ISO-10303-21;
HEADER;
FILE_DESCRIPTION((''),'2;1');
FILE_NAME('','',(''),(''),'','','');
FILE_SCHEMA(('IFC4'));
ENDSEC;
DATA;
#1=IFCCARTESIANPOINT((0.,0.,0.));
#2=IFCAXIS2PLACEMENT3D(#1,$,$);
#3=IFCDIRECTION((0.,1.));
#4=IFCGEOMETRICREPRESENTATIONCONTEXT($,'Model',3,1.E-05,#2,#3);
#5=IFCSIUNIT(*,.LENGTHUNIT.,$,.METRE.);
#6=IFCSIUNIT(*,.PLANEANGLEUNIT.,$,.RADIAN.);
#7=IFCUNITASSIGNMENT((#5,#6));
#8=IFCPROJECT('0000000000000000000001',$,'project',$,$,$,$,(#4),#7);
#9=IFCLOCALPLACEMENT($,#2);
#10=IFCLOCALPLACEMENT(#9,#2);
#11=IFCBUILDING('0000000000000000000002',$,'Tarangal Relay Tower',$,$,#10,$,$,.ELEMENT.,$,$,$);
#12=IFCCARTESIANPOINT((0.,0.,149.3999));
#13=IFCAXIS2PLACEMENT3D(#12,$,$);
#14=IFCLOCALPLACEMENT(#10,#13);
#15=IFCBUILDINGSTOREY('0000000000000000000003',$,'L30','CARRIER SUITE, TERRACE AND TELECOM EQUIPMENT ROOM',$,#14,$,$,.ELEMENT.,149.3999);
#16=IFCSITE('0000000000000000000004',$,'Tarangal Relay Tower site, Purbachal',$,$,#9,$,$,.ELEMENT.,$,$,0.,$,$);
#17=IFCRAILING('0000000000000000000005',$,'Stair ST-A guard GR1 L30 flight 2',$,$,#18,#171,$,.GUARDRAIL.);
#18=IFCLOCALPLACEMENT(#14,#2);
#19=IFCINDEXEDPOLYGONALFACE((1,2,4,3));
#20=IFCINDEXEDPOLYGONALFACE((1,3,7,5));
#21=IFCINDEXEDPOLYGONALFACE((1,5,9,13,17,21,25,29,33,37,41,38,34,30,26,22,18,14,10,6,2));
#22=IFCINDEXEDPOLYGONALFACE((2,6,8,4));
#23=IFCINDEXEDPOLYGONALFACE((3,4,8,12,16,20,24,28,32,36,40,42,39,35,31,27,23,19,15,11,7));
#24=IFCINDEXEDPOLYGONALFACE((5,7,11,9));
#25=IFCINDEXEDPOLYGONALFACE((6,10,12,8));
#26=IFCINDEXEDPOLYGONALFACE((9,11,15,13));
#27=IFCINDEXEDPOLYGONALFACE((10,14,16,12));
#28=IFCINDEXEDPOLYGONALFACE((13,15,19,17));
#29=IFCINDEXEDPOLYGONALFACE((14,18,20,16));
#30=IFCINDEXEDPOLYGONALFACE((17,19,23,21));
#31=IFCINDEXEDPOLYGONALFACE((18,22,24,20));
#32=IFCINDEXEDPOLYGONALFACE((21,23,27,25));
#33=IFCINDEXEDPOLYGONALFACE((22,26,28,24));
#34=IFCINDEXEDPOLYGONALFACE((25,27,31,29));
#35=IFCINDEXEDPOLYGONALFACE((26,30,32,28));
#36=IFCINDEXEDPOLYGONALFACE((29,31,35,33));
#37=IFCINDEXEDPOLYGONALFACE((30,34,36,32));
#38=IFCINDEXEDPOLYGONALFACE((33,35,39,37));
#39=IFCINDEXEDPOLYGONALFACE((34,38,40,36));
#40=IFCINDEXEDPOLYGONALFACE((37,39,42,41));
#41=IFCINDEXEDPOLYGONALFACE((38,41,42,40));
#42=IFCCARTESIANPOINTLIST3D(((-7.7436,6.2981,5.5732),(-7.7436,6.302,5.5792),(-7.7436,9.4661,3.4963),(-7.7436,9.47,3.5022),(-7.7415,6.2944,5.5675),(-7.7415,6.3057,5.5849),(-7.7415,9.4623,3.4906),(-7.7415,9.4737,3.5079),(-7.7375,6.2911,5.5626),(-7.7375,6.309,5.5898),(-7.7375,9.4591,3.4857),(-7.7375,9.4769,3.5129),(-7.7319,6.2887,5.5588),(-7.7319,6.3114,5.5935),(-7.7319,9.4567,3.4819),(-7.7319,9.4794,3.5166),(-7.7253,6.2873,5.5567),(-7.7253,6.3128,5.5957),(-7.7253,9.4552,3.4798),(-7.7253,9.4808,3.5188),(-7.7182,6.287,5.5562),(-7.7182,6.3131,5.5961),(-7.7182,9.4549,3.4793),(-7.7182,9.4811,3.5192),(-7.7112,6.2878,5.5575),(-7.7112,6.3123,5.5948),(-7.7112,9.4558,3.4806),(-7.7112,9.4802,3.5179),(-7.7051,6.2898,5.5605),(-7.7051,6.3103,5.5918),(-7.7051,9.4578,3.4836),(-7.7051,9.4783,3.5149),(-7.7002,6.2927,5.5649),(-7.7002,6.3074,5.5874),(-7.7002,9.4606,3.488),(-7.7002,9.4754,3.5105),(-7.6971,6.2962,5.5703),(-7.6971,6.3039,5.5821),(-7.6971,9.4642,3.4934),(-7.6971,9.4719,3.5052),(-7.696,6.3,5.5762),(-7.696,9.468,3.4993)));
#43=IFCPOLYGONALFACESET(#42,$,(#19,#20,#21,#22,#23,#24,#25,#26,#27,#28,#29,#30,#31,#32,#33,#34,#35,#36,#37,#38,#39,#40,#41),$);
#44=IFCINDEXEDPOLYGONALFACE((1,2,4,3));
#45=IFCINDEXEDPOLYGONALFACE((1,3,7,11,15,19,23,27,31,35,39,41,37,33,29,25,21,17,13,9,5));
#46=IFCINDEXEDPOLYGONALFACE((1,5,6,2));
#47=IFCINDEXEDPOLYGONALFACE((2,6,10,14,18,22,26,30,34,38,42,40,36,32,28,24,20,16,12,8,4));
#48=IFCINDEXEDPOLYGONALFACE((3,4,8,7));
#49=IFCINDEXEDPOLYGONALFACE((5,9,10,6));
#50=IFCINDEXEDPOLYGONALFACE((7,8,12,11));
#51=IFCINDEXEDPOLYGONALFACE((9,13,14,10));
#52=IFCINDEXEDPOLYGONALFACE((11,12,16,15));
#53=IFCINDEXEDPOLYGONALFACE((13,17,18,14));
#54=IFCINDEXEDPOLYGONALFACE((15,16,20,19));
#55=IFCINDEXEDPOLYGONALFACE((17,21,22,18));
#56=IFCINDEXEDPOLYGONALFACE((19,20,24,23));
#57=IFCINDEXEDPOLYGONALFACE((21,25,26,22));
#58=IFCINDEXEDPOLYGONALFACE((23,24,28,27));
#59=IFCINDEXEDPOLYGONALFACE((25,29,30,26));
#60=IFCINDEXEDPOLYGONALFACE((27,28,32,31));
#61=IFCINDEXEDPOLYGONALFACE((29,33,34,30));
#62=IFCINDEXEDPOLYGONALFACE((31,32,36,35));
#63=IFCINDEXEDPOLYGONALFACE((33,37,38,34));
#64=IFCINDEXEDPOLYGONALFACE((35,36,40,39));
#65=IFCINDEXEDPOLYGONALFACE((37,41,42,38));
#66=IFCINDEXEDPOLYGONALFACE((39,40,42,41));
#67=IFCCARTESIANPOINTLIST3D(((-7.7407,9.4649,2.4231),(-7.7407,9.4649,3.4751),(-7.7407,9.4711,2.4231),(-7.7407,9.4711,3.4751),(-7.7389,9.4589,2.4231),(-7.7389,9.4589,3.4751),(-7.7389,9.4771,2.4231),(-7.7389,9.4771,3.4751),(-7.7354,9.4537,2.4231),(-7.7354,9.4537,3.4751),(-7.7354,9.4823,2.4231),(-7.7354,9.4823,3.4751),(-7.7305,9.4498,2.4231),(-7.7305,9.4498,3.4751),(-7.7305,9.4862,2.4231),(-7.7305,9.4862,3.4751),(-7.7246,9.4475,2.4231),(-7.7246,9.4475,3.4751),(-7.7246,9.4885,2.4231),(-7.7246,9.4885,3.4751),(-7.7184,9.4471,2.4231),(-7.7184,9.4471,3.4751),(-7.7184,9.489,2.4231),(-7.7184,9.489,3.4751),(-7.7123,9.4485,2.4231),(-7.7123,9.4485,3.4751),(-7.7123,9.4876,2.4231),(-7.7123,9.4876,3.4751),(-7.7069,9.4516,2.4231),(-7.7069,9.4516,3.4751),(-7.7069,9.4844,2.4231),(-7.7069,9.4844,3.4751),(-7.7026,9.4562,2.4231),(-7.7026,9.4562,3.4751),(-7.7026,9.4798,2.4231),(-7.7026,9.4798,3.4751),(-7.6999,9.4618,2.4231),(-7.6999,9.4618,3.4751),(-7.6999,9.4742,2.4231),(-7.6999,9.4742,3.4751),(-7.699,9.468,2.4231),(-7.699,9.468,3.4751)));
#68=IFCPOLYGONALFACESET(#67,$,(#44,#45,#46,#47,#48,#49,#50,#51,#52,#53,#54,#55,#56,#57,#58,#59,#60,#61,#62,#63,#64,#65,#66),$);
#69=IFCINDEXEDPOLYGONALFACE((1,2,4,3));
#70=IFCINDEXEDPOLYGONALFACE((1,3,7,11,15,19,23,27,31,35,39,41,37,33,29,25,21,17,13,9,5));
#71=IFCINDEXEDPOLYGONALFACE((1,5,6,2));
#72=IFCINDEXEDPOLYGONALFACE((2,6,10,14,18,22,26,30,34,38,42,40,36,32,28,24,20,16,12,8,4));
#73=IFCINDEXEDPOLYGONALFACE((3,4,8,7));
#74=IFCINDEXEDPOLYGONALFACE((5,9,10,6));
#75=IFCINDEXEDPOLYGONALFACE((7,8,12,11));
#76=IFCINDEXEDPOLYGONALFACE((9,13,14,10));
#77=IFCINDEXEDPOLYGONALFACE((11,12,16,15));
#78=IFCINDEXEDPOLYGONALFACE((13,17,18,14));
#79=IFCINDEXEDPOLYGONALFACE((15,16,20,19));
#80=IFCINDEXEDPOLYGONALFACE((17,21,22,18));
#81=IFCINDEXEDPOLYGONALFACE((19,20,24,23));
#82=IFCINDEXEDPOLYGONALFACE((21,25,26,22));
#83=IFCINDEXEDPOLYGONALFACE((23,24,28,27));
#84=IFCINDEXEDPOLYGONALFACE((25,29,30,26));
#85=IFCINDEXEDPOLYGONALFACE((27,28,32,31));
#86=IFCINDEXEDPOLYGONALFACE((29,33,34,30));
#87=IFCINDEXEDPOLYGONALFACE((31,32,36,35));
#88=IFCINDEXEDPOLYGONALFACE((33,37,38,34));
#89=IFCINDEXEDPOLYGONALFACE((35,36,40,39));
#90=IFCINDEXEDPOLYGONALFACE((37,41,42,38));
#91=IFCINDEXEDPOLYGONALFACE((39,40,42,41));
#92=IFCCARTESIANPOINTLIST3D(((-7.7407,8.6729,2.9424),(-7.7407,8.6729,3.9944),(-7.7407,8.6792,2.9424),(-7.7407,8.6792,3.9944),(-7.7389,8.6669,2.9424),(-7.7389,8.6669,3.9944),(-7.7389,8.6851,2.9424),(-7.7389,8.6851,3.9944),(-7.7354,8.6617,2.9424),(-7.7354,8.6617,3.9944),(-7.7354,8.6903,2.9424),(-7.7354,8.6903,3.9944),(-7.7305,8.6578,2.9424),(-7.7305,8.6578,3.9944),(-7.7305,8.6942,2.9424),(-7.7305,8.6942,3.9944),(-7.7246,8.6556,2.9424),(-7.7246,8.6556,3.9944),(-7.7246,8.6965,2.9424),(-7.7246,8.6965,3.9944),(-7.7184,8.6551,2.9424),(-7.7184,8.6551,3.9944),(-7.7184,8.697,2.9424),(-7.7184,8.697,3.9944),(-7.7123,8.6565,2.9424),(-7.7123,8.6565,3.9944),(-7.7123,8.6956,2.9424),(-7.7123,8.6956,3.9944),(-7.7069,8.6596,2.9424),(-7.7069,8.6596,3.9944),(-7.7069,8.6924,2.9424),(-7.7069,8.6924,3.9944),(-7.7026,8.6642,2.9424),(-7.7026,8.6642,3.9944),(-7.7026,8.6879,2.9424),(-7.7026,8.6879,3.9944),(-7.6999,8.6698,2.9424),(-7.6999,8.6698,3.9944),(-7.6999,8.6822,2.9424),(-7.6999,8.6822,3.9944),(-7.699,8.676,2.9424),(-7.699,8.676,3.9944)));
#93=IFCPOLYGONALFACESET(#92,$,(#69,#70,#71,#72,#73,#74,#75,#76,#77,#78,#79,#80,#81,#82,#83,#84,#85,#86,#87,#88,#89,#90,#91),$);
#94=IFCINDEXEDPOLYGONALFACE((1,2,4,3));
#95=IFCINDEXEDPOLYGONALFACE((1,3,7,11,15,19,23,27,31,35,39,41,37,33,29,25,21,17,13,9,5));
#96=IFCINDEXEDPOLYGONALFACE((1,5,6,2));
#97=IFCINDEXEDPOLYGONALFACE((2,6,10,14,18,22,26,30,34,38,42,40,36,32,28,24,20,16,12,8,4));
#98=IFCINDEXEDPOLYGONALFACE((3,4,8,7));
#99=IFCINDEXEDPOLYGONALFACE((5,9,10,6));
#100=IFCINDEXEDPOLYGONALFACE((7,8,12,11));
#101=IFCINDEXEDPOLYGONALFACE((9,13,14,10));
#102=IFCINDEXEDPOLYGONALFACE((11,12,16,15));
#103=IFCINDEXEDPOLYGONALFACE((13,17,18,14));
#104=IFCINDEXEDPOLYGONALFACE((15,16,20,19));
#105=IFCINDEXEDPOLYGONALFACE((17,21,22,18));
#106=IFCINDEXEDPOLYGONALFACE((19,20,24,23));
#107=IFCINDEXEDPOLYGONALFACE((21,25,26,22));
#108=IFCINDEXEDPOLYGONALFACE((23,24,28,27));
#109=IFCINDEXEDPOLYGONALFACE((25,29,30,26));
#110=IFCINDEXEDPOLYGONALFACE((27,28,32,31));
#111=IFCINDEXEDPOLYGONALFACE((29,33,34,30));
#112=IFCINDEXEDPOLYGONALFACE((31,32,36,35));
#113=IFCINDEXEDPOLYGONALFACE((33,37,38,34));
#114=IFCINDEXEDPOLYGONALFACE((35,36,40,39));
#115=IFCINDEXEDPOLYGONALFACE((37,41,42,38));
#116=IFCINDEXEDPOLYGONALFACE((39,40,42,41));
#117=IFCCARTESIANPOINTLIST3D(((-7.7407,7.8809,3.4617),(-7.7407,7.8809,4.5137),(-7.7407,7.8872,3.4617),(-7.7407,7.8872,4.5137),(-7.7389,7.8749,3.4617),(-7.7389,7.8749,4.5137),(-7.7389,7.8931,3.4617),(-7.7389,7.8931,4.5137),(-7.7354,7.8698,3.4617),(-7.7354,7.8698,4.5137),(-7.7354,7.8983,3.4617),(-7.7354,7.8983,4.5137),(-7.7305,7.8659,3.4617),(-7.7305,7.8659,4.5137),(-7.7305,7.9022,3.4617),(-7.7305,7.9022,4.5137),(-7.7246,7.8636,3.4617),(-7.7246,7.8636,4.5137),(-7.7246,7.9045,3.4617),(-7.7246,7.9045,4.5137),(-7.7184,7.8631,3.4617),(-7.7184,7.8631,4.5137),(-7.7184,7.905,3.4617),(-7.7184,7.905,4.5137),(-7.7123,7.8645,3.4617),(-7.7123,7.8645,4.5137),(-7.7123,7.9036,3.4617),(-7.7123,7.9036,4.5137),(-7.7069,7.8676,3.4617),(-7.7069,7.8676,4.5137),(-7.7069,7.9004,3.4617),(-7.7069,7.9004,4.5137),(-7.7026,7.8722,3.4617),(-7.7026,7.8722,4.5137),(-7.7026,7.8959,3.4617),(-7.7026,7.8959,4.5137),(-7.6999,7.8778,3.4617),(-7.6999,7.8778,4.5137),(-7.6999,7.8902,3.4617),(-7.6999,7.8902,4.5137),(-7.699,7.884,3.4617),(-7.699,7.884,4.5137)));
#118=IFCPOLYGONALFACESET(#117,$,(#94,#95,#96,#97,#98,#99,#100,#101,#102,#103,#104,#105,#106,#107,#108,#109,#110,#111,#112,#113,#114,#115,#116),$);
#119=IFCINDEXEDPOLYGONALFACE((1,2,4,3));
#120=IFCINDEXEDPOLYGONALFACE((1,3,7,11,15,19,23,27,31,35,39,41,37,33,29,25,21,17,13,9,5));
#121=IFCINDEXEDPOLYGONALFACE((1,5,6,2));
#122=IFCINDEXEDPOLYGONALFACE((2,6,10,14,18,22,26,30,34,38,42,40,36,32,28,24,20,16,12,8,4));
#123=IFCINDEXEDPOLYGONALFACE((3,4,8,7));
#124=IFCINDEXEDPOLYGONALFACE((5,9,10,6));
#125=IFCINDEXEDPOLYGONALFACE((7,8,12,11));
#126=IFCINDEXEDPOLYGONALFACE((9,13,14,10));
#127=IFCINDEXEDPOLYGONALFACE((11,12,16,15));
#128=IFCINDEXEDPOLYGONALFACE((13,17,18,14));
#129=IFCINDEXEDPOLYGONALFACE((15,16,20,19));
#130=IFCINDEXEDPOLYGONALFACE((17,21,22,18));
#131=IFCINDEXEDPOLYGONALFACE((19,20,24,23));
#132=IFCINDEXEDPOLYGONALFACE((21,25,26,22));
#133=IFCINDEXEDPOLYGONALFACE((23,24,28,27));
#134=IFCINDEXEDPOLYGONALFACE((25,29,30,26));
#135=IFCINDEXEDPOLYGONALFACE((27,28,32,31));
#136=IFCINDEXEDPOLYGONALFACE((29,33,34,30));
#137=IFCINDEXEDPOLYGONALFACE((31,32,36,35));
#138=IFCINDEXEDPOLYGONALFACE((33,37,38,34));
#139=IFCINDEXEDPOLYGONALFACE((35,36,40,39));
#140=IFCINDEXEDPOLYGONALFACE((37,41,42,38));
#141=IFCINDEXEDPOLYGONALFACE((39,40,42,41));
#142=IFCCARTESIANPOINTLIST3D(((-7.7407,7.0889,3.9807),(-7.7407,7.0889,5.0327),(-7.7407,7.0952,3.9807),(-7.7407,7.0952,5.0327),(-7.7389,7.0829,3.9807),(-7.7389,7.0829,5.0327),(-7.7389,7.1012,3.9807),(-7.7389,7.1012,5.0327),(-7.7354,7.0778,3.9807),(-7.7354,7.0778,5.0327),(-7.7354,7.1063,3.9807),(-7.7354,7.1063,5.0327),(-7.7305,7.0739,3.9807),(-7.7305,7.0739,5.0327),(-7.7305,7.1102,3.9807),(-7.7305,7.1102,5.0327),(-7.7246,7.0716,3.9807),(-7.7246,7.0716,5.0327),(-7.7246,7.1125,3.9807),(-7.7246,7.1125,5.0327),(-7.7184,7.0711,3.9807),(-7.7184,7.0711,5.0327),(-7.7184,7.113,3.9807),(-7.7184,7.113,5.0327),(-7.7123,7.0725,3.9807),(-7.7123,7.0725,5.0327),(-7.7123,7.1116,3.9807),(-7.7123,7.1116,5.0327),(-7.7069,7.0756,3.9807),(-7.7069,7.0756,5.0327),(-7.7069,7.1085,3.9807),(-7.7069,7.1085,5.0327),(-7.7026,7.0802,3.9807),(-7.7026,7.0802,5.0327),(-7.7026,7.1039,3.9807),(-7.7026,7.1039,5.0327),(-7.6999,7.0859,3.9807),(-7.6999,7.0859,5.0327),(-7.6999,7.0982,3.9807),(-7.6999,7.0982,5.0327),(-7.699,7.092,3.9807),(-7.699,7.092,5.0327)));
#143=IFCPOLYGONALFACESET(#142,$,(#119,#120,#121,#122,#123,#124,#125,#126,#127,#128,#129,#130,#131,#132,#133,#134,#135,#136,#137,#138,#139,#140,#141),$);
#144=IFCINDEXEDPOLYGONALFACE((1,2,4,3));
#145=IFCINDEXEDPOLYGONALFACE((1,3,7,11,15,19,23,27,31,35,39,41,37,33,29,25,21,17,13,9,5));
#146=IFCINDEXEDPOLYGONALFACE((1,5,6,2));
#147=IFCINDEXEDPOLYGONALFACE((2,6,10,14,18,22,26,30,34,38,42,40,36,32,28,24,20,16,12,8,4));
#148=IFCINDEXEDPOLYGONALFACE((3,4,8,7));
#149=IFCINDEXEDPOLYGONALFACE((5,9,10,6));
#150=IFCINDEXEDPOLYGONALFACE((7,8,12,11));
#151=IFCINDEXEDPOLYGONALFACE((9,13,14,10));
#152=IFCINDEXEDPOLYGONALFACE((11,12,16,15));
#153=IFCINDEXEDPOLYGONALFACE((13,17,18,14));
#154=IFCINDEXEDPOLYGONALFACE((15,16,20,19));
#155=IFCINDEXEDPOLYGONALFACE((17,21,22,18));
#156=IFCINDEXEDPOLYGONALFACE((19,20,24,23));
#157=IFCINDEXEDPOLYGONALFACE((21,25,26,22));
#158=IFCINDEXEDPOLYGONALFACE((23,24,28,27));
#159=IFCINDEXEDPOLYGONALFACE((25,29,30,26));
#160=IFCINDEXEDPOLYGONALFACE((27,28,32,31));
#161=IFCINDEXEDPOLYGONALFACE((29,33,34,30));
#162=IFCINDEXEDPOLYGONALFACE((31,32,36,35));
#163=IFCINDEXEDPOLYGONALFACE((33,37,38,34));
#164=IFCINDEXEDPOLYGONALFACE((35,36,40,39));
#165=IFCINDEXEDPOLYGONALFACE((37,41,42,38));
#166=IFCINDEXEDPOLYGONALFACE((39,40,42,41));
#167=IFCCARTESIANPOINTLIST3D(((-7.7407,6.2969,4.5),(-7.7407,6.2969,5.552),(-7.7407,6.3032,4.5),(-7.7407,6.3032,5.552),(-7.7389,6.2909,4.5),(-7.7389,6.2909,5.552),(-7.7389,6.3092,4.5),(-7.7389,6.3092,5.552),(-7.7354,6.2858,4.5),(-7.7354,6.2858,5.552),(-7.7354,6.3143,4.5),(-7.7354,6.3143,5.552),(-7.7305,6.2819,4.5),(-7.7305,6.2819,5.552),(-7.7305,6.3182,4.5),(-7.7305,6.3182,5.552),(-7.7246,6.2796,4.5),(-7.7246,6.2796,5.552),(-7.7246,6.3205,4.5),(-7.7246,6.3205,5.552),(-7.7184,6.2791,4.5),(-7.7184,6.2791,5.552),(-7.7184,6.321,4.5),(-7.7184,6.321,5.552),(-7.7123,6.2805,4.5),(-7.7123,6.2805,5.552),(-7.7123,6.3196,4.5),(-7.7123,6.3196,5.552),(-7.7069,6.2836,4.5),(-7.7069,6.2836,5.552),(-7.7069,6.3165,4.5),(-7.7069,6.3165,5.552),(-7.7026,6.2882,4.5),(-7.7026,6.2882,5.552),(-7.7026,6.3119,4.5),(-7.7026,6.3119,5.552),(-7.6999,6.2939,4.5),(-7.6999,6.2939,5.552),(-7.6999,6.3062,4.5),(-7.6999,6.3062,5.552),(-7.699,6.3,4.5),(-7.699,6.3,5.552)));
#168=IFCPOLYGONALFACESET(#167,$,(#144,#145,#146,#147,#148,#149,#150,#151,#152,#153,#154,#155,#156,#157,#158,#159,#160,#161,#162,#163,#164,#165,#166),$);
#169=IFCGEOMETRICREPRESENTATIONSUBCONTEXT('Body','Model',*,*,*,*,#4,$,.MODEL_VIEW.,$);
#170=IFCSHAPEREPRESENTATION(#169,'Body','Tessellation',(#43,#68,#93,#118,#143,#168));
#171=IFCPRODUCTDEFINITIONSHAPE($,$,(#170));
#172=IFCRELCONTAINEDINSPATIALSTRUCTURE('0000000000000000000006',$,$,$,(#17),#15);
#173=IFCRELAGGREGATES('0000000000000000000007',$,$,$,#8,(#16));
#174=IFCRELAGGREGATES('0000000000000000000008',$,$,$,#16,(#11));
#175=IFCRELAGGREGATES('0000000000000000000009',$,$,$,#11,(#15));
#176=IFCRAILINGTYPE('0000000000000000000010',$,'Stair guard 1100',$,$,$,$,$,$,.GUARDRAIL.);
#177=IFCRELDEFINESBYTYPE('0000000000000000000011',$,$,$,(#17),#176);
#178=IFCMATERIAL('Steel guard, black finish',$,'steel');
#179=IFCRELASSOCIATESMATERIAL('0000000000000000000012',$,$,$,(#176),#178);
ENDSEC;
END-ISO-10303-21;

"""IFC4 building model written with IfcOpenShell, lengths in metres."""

from ifc_helpers import new_model, si_unit, direction, frame, origin, origin_2d, place, context, subcontext, project, spatial, circle, extrude, material, type_object, element, save


model = new_model("IFC4")

# Units and contexts
model_context = context("Model", 3, precision=1e-05, world=origin(), true_north=direction((0.0, 1.0)))
body_context = subcontext(model_context, "Body", "Model", "MODEL_VIEW")
ifc_project = project(units=[si_unit("LENGTHUNIT", "METRE"), si_unit("PLANEANGLEUNIT", "RADIAN")], contexts=[model_context])

# Site, building, storey
site_placement = place(None, origin())
site = spatial("IfcSite", under=ifc_project, at=site_placement, Name="Tarangal Relay Tower site, Purbachal", CompositionType="ELEMENT", RefElevation=0.0)
building_placement = place(site_placement, origin())
building = spatial("IfcBuilding", under=site, at=building_placement, Name="Tarangal Relay Tower", CompositionType="ELEMENT")
storey_placement = place(building_placement, frame((0.0, 0.0, 149.3999)))
storey = spatial("IfcBuildingStorey", under=building, at=storey_placement, Name="L30", Description="CARRIER SUITE, TERRACE AND TELECOM EQUIPMENT ROOM", CompositionType="ELEMENT", Elevation=149.3999)

# Railing
ifc_material_1 = material(Name="Steel guard, black finish", Category="steel")
railing_type_1 = type_object("IfcRailingType", Name="Stair guard 1100", PredefinedType="GUARDRAIL", material=ifc_material_1)
railing_1_placement = place(storey_placement, frame((-7.72, 9.468, 2.4231)))
element("IfcRailing", 1, at=railing_1_placement, inside=storey, type_object=railing_type_1, Name="Stair ST-A guard GR1 L30 flight 2", PredefinedType="GUARDRAIL", context=body_context, shape_type="SweptSolid", body=[
    extrude(circle(Radius=0.0239, at=origin_2d()), frame((0.0, 0.0, 1.0762), z_axis=(0.0, -0.836299, 0.548273), x_axis=(1.0, 0.0, 0.0)), (0.0, 0.0, 1.0), 3.7881),
    extrude(circle(Radius=0.021, at=origin_2d()), origin(), (0.0, 0.0, 1.0), 1.052),
    extrude(circle(Radius=0.021, at=origin_2d()), frame((0.0, -0.792, 0.5193)), (0.0, 0.0, 1.0), 1.052),
    extrude(circle(Radius=0.021, at=origin_2d()), frame((0.0, -1.584, 1.0386)), (0.0, 0.0, 1.0), 1.052),
    extrude(circle(Radius=0.021, at=origin_2d()), frame((0.0, -2.376, 1.5576)), (0.0, 0.0, 1.0), 1.052),
    extrude(circle(Radius=0.021, at=origin_2d()), frame((0.0, -3.168, 2.0769)), (0.0, 0.0, 1.0), 1.052),
])

save(model, "model.ifc")
